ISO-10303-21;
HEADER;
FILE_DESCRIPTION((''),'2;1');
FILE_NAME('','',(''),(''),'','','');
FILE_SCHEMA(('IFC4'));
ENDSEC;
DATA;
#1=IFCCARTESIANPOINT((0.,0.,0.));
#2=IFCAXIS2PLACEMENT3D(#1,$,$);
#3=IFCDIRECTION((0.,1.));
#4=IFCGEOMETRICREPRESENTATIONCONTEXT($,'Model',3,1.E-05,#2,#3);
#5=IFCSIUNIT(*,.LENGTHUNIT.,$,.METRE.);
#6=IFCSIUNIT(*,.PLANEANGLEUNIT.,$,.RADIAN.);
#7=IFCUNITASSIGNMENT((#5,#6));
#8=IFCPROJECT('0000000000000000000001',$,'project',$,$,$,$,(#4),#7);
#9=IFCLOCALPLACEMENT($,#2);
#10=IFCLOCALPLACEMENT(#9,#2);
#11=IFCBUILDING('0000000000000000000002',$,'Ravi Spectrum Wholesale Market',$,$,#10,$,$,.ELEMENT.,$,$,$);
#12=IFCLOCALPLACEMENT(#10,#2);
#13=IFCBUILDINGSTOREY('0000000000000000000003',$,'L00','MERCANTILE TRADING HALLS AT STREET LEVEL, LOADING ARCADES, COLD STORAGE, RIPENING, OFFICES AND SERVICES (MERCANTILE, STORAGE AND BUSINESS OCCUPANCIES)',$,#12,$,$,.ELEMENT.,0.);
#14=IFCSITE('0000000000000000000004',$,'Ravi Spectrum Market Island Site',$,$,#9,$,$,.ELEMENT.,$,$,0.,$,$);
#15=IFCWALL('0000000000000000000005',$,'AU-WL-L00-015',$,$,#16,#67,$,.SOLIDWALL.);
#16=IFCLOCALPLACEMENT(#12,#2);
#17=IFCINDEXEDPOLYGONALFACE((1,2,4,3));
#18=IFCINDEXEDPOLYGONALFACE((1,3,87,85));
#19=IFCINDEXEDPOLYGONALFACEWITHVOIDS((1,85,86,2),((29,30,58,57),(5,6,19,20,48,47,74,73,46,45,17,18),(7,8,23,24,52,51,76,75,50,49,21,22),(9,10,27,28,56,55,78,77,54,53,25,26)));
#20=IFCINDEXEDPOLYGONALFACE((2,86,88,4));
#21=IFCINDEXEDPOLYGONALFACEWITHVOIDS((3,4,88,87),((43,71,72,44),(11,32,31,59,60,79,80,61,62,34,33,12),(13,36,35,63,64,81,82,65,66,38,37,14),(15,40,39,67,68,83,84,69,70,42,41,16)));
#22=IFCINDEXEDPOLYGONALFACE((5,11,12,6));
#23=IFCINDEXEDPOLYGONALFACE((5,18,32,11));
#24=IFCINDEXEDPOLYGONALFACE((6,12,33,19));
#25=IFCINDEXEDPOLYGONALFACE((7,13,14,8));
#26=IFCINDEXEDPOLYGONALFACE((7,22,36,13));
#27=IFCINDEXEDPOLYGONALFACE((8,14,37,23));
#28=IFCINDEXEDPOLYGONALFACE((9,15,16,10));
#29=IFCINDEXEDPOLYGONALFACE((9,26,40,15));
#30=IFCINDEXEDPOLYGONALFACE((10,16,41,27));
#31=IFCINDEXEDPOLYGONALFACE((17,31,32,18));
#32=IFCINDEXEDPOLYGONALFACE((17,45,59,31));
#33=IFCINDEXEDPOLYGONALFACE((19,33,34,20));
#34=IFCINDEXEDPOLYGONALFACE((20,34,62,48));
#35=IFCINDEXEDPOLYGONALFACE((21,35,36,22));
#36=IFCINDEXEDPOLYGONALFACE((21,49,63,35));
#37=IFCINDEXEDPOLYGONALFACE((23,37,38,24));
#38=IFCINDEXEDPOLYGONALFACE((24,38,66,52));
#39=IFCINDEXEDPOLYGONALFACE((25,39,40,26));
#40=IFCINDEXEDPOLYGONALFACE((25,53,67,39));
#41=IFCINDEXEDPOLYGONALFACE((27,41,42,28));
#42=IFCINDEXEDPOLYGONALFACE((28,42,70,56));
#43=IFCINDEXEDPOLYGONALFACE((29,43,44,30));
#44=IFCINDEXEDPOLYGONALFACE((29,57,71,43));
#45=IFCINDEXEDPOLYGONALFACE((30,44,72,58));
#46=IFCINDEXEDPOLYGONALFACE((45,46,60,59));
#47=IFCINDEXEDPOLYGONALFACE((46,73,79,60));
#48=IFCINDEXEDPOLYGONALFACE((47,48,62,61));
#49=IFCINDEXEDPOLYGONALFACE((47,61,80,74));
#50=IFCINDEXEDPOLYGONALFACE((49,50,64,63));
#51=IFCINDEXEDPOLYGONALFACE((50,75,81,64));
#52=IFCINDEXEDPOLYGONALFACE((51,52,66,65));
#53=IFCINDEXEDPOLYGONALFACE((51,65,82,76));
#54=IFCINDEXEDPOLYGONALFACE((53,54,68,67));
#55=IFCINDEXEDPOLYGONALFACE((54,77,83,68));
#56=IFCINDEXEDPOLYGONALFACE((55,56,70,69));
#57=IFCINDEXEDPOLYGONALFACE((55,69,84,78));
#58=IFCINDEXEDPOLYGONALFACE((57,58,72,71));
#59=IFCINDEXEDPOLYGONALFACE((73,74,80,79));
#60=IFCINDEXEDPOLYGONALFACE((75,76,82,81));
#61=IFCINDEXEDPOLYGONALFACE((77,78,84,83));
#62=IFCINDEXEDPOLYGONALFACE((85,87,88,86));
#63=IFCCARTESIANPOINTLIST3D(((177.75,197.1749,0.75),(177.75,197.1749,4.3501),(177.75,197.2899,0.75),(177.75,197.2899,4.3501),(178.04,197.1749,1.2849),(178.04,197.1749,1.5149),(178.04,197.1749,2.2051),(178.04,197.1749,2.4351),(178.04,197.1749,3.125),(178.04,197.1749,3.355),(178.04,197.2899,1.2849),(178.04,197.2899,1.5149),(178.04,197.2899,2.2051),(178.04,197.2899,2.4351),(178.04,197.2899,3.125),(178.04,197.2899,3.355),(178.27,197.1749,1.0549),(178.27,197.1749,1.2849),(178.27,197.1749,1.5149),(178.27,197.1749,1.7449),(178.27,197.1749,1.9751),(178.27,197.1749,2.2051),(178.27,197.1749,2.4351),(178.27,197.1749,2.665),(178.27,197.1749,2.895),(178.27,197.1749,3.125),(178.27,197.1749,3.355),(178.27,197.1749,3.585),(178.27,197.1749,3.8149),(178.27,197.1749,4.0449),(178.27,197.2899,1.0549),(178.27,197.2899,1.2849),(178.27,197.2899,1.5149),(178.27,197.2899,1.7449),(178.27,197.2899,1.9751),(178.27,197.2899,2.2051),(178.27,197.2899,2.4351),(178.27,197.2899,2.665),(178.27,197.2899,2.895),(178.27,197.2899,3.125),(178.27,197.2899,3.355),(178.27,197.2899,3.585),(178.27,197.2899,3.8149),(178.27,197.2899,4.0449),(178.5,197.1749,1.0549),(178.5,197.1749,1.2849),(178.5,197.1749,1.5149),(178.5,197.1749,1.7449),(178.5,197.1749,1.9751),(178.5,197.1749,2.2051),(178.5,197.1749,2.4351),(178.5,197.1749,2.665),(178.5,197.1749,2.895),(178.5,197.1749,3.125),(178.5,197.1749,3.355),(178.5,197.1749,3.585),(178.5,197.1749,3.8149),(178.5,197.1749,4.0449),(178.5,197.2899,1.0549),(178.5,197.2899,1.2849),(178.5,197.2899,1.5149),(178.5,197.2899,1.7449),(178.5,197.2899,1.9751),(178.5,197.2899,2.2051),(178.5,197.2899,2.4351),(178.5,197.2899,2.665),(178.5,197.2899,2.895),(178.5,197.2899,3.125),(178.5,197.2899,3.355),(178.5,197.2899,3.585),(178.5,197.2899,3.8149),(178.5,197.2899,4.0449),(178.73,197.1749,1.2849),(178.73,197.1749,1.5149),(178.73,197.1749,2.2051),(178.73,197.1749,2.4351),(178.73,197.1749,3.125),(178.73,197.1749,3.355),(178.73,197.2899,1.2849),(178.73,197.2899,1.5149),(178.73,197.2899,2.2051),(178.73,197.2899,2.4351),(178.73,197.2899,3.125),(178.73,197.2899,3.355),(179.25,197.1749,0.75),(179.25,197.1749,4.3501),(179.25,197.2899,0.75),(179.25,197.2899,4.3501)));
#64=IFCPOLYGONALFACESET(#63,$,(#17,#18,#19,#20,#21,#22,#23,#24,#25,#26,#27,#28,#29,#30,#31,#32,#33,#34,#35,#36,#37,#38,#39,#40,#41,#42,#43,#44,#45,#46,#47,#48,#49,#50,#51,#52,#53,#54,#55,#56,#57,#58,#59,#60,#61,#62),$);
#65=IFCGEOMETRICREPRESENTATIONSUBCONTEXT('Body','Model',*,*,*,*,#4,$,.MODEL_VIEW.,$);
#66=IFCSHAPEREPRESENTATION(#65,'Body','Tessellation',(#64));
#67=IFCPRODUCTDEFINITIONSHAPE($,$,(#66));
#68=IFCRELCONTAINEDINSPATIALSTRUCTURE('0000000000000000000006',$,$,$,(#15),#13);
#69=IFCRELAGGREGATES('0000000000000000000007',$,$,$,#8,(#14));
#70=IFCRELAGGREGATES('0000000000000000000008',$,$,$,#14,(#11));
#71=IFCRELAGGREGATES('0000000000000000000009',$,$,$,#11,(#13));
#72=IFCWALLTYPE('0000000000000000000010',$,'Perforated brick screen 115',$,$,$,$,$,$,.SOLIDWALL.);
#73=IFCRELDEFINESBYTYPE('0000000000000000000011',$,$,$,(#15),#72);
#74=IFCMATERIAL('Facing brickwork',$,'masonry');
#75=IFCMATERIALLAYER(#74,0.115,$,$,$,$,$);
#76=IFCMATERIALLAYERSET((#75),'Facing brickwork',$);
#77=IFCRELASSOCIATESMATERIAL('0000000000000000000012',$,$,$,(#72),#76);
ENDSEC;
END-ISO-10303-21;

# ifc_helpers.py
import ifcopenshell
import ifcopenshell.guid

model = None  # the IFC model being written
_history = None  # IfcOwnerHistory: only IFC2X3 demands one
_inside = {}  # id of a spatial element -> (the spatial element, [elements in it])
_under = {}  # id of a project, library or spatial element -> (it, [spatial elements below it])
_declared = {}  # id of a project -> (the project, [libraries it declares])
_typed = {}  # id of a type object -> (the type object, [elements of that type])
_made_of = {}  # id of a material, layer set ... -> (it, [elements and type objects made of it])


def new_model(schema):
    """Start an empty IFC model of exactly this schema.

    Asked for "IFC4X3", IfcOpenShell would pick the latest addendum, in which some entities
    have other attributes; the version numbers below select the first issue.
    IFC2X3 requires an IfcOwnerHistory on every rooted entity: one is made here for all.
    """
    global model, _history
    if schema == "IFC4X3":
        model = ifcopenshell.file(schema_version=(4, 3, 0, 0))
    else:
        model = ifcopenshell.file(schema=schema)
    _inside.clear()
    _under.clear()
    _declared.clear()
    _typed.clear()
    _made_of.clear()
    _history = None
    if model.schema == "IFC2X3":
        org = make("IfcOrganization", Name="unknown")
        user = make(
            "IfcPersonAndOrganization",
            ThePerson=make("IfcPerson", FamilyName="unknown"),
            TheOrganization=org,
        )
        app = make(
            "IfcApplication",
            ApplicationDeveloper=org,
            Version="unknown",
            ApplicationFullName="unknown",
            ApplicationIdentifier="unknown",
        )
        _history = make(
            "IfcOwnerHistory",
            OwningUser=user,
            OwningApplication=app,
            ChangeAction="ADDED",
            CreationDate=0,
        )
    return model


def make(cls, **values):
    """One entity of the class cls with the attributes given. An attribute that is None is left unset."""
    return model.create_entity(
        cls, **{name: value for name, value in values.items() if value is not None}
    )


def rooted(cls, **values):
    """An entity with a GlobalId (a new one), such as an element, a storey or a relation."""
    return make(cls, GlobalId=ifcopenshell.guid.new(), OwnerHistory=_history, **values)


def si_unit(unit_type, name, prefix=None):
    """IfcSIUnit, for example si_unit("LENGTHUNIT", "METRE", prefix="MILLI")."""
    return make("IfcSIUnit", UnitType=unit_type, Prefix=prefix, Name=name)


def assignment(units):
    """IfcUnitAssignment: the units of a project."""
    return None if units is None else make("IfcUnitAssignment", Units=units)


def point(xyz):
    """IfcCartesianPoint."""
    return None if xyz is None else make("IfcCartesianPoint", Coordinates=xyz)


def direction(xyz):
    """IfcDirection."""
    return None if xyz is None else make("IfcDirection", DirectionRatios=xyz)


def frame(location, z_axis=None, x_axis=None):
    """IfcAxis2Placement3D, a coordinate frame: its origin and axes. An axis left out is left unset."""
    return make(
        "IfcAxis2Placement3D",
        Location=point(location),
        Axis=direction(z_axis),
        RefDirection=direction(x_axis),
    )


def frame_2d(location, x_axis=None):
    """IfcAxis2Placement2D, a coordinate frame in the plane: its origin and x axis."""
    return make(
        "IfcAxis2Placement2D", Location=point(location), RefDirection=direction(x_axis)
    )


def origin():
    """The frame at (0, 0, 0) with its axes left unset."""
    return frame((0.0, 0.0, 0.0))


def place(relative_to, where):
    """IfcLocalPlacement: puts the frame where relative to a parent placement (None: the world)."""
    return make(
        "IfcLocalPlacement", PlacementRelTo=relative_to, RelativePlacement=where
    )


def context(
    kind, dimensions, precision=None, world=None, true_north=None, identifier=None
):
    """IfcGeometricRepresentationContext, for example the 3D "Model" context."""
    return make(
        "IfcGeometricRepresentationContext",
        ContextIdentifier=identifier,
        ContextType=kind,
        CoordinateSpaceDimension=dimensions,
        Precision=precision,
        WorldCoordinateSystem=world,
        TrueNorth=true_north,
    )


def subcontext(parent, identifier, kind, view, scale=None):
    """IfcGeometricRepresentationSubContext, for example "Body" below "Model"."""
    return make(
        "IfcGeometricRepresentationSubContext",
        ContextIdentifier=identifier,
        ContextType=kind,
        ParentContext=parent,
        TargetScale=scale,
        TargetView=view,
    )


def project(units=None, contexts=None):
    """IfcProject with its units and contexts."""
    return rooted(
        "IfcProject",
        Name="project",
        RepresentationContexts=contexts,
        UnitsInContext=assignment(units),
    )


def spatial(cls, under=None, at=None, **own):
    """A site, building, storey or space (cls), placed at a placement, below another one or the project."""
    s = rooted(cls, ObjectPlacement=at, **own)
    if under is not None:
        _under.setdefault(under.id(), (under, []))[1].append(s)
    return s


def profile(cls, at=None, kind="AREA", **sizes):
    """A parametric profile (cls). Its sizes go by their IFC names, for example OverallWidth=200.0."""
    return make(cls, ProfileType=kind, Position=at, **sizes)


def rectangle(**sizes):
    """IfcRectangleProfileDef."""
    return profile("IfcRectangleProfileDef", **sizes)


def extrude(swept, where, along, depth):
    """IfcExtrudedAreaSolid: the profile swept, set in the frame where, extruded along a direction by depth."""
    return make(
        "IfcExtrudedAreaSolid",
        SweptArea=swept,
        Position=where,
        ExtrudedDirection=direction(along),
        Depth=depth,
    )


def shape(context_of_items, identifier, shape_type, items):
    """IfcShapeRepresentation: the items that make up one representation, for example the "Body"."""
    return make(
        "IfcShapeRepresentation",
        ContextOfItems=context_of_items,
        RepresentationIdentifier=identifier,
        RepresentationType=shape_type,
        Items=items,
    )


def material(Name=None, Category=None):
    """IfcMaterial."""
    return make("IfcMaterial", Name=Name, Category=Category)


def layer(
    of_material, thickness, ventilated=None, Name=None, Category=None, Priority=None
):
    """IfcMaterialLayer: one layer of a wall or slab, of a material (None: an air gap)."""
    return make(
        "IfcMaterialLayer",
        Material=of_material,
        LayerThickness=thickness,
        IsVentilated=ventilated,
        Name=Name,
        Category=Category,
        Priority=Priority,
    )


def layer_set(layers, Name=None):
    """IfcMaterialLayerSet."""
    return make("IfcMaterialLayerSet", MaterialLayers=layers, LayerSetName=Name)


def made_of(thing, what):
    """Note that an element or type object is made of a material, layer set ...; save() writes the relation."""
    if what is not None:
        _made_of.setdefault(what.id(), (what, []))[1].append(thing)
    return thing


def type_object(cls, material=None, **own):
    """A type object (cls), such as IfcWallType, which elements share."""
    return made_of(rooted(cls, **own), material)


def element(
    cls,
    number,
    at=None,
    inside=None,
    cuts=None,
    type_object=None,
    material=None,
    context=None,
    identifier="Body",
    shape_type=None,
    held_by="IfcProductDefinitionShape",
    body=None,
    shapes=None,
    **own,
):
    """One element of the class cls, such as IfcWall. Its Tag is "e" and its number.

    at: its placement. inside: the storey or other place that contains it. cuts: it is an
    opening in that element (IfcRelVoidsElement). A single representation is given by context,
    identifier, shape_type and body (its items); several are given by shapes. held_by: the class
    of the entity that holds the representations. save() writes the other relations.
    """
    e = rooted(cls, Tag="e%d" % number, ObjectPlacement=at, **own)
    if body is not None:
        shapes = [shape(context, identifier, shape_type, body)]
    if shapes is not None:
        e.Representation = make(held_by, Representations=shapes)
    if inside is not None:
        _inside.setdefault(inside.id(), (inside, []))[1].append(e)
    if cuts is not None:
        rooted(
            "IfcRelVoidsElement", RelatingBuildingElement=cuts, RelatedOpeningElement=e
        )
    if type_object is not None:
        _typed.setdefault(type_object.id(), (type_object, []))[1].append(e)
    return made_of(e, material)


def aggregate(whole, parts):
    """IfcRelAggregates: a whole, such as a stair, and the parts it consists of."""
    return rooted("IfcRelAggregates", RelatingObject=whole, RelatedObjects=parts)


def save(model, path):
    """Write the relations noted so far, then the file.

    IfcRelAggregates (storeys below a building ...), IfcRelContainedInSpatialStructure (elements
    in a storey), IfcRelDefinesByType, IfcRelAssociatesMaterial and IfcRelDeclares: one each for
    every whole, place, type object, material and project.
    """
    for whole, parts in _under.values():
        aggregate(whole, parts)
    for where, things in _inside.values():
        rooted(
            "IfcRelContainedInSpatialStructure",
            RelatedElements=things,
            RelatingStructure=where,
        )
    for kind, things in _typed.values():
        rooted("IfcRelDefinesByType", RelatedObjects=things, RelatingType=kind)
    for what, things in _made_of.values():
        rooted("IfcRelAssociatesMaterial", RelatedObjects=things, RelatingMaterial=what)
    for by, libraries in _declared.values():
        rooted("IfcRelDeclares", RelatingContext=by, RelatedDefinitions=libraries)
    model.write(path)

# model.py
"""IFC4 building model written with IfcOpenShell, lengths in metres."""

from ifc_helpers import new_model, si_unit, direction, frame, frame_2d, origin, place, context, subcontext, project, spatial, rectangle, extrude, material, layer, layer_set, type_object, element, save


model = new_model("IFC4")

# Units and contexts
model_context = context("Model", 3, precision=1e-05, world=origin(), true_north=direction((0.0, 1.0)))
body_context = subcontext(model_context, "Body", "Model", "MODEL_VIEW")
ifc_project = project(units=[si_unit("LENGTHUNIT", "METRE"), si_unit("PLANEANGLEUNIT", "RADIAN")], contexts=[model_context])

# Site, building, storey
site_placement = place(None, origin())
site = spatial("IfcSite", under=ifc_project, at=site_placement, Name="Ravi Spectrum Market Island Site", CompositionType="ELEMENT", RefElevation=0.0)
building_placement = place(site_placement, origin())
building = spatial("IfcBuilding", under=site, at=building_placement, Name="Ravi Spectrum Wholesale Market", CompositionType="ELEMENT")
storey_placement = place(building_placement, origin())
storey = spatial("IfcBuildingStorey", under=building, at=storey_placement, Name="L00", Description="MERCANTILE TRADING HALLS AT STREET LEVEL, LOADING ARCADES, COLD STORAGE, RIPENING, OFFICES AND SERVICES (MERCANTILE, STORAGE AND BUSINESS OCCUPANCIES)", CompositionType="ELEMENT", Elevation=0.0)

# Wall, openings
ifc_material_1 = material(Name="Facing brickwork", Category="masonry")
ifc_layer = layer(ifc_material_1, 0.115)
ifc_layer_set = layer_set([ifc_layer], Name="Facing brickwork")
wall_type = type_object("IfcWallType", Name="Perforated brick screen 115", PredefinedType="SOLIDWALL", material=ifc_layer_set)
wall_1_placement = place(storey_placement, frame((177.75, 197.2324, 0.75), z_axis=(0.0, 0.0, 1.0), x_axis=(1.0, 0.0, 0.0)))
wall_1 = element("IfcWall", 1, at=wall_1_placement, inside=storey, type_object=wall_type, Name="AU-WL-L00-015", PredefinedType="SOLIDWALL", context=body_context, shape_type="SweptSolid", body=[
    extrude(rectangle(XDim=1.5, YDim=0.115, at=frame_2d((0.75, 0.0))), origin(), (0.0, 0.0, 1.0), 3.6001),
])
opening_1_placement = place(wall_1_placement, frame((0.52, 0.0, 0.3049)))
element("IfcOpeningElement", 2, at=opening_1_placement, cuts=wall_1, PredefinedType="OPENING", context=body_context, shape_type="SweptSolid", body=[
    extrude(rectangle(XDim=0.23, YDim=0.23, at=frame_2d((0.115, 0.115))), frame((0.0, 0.0674, 0.0), z_axis=(0.0, -1.0, 0.0), x_axis=(1.0, 0.0, 0.0)), (0.0, 0.0, 1.0), 0.135),
])
opening_2_placement = place(wall_1_placement, frame((0.29, 0.0, 0.5349)))
element("IfcOpeningElement", 3, at=opening_2_placement, cuts=wall_1, PredefinedType="OPENING", context=body_context, shape_type="SweptSolid", body=[
    extrude(rectangle(XDim=0.23, YDim=0.23, at=frame_2d((0.115, 0.115))), frame((0.0, 0.0674, 0.0), z_axis=(0.0, -1.0, 0.0), x_axis=(1.0, 0.0, 0.0)), (0.0, 0.0, 1.0), 0.135),
])
opening_3_placement = place(wall_1_placement, frame((0.52, 0.0, 0.5349)))
element("IfcOpeningElement", 4, at=opening_3_placement, cuts=wall_1, PredefinedType="OPENING", context=body_context, shape_type="SweptSolid", body=[
    extrude(rectangle(XDim=0.23, YDim=0.23, at=frame_2d((0.115, 0.115))), frame((0.0, 0.0674, 0.0), z_axis=(0.0, -1.0, 0.0), x_axis=(1.0, 0.0, 0.0)), (0.0, 0.0, 1.0), 0.135),
])
opening_4_placement = place(wall_1_placement, frame((0.75, 0.0, 0.5349)))
element("IfcOpeningElement", 5, at=opening_4_placement, cuts=wall_1, PredefinedType="OPENING", context=body_context, shape_type="SweptSolid", body=[
    extrude(rectangle(XDim=0.23, YDim=0.23, at=frame_2d((0.115, 0.115))), frame((0.0, 0.0674, 0.0), z_axis=(0.0, -1.0, 0.0), x_axis=(1.0, 0.0, 0.0)), (0.0, 0.0, 1.0), 0.135),
])
opening_5_placement = place(wall_1_placement, frame((0.52, 0.0, 0.7649)))
element("IfcOpeningElement", 6, at=opening_5_placement, cuts=wall_1, PredefinedType="OPENING", context=body_context, shape_type="SweptSolid", body=[
    extrude(rectangle(XDim=0.23, YDim=0.23, at=frame_2d((0.115, 0.115))), frame((0.0, 0.0674, 0.0), z_axis=(0.0, -1.0, 0.0), x_axis=(1.0, 0.0, 0.0)), (0.0, 0.0, 1.0), 0.135),
])
opening_6_placement = place(wall_1_placement, frame((0.52, 0.0, 1.2251)))
element("IfcOpeningElement", 7, at=opening_6_placement, cuts=wall_1, PredefinedType="OPENING", context=body_context, shape_type="SweptSolid", body=[
    extrude(rectangle(XDim=0.23, YDim=0.23, at=frame_2d((0.115, 0.115))), frame((0.0, 0.0674, 0.0), z_axis=(0.0, -1.0, 0.0), x_axis=(1.0, 0.0, 0.0)), (0.0, 0.0, 1.0), 0.135),
])
opening_7_placement = place(wall_1_placement, frame((0.29, 0.0, 1.4551)))
element("IfcOpeningElement", 8, at=opening_7_placement, cuts=wall_1, PredefinedType="OPENING", context=body_context, shape_type="SweptSolid", body=[
    extrude(rectangle(XDim=0.23, YDim=0.23, at=frame_2d((0.115, 0.115))), frame((0.0, 0.0674, 0.0), z_axis=(0.0, -1.0, 0.0), x_axis=(1.0, 0.0, 0.0)), (0.0, 0.0, 1.0), 0.135),
])
opening_8_placement = place(wall_1_placement, frame((0.52, 0.0, 1.4551)))
element("IfcOpeningElement", 9, at=opening_8_placement, cuts=wall_1, PredefinedType="OPENING", context=body_context, shape_type="SweptSolid", body=[
    extrude(rectangle(XDim=0.23, YDim=0.23, at=frame_2d((0.115, 0.115))), frame((0.0, 0.0674, 0.0), z_axis=(0.0, -1.0, 0.0), x_axis=(1.0, 0.0, 0.0)), (0.0, 0.0, 1.0), 0.135),
])
opening_9_placement = place(wall_1_placement, frame((0.75, 0.0, 1.4551)))
element("IfcOpeningElement", 10, at=opening_9_placement, cuts=wall_1, PredefinedType="OPENING", context=body_context, shape_type="SweptSolid", body=[
    extrude(rectangle(XDim=0.23, YDim=0.23, at=frame_2d((0.115, 0.115))), frame((0.0, 0.0674, 0.0), z_axis=(0.0, -1.0, 0.0), x_axis=(1.0, 0.0, 0.0)), (0.0, 0.0, 1.0), 0.135),
])
opening_10_placement = place(wall_1_placement, frame((0.52, 0.0, 1.6851)))
element("IfcOpeningElement", 11, at=opening_10_placement, cuts=wall_1, PredefinedType="OPENING", context=body_context, shape_type="SweptSolid", body=[
    extrude(rectangle(XDim=0.23, YDim=0.23, at=frame_2d((0.115, 0.115))), frame((0.0, 0.0674, 0.0), z_axis=(0.0, -1.0, 0.0), x_axis=(1.0, 0.0, 0.0)), (0.0, 0.0, 1.0), 0.135),
])
opening_11_placement = place(wall_1_placement, frame((0.52, 0.0, 2.145)))
element("IfcOpeningElement", 12, at=opening_11_placement, cuts=wall_1, PredefinedType="OPENING", context=body_context, shape_type="SweptSolid", body=[
    extrude(rectangle(XDim=0.23, YDim=0.23, at=frame_2d((0.115, 0.115))), frame((0.0, 0.0674, 0.0), z_axis=(0.0, -1.0, 0.0), x_axis=(1.0, 0.0, 0.0)), (0.0, 0.0, 1.0), 0.135),
])
opening_12_placement = place(wall_1_placement, frame((0.29, 0.0, 2.375)))
element("IfcOpeningElement", 13, at=opening_12_placement, cuts=wall_1, PredefinedType="OPENING", context=body_context, shape_type="SweptSolid", body=[
    extrude(rectangle(XDim=0.23, YDim=0.23, at=frame_2d((0.115, 0.115))), frame((0.0, 0.0674, 0.0), z_axis=(0.0, -1.0, 0.0), x_axis=(1.0, 0.0, 0.0)), (0.0, 0.0, 1.0), 0.135),
])
opening_13_placement = place(wall_1_placement, frame((0.52, 0.0, 2.375)))
element("IfcOpeningElement", 14, at=opening_13_placement, cuts=wall_1, PredefinedType="OPENING", context=body_context, shape_type="SweptSolid", body=[
    extrude(rectangle(XDim=0.23, YDim=0.23, at=frame_2d((0.115, 0.115))), frame((0.0, 0.0674, 0.0), z_axis=(0.0, -1.0, 0.0), x_axis=(1.0, 0.0, 0.0)), (0.0, 0.0, 1.0), 0.135),
])
opening_14_placement = place(wall_1_placement, frame((0.75, 0.0, 2.375)))
element("IfcOpeningElement", 15, at=opening_14_placement, cuts=wall_1, PredefinedType="OPENING", context=body_context, shape_type="SweptSolid", body=[
    extrude(rectangle(XDim=0.23, YDim=0.23, at=frame_2d((0.115, 0.115))), frame((0.0, 0.0674, 0.0), z_axis=(0.0, -1.0, 0.0), x_axis=(1.0, 0.0, 0.0)), (0.0, 0.0, 1.0), 0.135),
])
opening_15_placement = place(wall_1_placement, frame((0.52, 0.0, 2.605)))
element("IfcOpeningElement", 16, at=opening_15_placement, cuts=wall_1, PredefinedType="OPENING", context=body_context, shape_type="SweptSolid", body=[
    extrude(rectangle(XDim=0.23, YDim=0.23, at=frame_2d((0.115, 0.115))), frame((0.0, 0.0674, 0.0), z_axis=(0.0, -1.0, 0.0), x_axis=(1.0, 0.0, 0.0)), (0.0, 0.0, 1.0), 0.135),
])
opening_16_placement = place(wall_1_placement, frame((0.52, 0.0, 3.0649)))
element("IfcOpeningElement", 17, at=opening_16_placement, cuts=wall_1, PredefinedType="OPENING", context=body_context, shape_type="SweptSolid", body=[
    extrude(rectangle(XDim=0.23, YDim=0.23, at=frame_2d((0.115, 0.115))), frame((0.0, 0.0674, 0.0), z_axis=(0.0, -1.0, 0.0), x_axis=(1.0, 0.0, 0.0)), (0.0, 0.0, 1.0), 0.135),
])

save(model, "model.ifc")
